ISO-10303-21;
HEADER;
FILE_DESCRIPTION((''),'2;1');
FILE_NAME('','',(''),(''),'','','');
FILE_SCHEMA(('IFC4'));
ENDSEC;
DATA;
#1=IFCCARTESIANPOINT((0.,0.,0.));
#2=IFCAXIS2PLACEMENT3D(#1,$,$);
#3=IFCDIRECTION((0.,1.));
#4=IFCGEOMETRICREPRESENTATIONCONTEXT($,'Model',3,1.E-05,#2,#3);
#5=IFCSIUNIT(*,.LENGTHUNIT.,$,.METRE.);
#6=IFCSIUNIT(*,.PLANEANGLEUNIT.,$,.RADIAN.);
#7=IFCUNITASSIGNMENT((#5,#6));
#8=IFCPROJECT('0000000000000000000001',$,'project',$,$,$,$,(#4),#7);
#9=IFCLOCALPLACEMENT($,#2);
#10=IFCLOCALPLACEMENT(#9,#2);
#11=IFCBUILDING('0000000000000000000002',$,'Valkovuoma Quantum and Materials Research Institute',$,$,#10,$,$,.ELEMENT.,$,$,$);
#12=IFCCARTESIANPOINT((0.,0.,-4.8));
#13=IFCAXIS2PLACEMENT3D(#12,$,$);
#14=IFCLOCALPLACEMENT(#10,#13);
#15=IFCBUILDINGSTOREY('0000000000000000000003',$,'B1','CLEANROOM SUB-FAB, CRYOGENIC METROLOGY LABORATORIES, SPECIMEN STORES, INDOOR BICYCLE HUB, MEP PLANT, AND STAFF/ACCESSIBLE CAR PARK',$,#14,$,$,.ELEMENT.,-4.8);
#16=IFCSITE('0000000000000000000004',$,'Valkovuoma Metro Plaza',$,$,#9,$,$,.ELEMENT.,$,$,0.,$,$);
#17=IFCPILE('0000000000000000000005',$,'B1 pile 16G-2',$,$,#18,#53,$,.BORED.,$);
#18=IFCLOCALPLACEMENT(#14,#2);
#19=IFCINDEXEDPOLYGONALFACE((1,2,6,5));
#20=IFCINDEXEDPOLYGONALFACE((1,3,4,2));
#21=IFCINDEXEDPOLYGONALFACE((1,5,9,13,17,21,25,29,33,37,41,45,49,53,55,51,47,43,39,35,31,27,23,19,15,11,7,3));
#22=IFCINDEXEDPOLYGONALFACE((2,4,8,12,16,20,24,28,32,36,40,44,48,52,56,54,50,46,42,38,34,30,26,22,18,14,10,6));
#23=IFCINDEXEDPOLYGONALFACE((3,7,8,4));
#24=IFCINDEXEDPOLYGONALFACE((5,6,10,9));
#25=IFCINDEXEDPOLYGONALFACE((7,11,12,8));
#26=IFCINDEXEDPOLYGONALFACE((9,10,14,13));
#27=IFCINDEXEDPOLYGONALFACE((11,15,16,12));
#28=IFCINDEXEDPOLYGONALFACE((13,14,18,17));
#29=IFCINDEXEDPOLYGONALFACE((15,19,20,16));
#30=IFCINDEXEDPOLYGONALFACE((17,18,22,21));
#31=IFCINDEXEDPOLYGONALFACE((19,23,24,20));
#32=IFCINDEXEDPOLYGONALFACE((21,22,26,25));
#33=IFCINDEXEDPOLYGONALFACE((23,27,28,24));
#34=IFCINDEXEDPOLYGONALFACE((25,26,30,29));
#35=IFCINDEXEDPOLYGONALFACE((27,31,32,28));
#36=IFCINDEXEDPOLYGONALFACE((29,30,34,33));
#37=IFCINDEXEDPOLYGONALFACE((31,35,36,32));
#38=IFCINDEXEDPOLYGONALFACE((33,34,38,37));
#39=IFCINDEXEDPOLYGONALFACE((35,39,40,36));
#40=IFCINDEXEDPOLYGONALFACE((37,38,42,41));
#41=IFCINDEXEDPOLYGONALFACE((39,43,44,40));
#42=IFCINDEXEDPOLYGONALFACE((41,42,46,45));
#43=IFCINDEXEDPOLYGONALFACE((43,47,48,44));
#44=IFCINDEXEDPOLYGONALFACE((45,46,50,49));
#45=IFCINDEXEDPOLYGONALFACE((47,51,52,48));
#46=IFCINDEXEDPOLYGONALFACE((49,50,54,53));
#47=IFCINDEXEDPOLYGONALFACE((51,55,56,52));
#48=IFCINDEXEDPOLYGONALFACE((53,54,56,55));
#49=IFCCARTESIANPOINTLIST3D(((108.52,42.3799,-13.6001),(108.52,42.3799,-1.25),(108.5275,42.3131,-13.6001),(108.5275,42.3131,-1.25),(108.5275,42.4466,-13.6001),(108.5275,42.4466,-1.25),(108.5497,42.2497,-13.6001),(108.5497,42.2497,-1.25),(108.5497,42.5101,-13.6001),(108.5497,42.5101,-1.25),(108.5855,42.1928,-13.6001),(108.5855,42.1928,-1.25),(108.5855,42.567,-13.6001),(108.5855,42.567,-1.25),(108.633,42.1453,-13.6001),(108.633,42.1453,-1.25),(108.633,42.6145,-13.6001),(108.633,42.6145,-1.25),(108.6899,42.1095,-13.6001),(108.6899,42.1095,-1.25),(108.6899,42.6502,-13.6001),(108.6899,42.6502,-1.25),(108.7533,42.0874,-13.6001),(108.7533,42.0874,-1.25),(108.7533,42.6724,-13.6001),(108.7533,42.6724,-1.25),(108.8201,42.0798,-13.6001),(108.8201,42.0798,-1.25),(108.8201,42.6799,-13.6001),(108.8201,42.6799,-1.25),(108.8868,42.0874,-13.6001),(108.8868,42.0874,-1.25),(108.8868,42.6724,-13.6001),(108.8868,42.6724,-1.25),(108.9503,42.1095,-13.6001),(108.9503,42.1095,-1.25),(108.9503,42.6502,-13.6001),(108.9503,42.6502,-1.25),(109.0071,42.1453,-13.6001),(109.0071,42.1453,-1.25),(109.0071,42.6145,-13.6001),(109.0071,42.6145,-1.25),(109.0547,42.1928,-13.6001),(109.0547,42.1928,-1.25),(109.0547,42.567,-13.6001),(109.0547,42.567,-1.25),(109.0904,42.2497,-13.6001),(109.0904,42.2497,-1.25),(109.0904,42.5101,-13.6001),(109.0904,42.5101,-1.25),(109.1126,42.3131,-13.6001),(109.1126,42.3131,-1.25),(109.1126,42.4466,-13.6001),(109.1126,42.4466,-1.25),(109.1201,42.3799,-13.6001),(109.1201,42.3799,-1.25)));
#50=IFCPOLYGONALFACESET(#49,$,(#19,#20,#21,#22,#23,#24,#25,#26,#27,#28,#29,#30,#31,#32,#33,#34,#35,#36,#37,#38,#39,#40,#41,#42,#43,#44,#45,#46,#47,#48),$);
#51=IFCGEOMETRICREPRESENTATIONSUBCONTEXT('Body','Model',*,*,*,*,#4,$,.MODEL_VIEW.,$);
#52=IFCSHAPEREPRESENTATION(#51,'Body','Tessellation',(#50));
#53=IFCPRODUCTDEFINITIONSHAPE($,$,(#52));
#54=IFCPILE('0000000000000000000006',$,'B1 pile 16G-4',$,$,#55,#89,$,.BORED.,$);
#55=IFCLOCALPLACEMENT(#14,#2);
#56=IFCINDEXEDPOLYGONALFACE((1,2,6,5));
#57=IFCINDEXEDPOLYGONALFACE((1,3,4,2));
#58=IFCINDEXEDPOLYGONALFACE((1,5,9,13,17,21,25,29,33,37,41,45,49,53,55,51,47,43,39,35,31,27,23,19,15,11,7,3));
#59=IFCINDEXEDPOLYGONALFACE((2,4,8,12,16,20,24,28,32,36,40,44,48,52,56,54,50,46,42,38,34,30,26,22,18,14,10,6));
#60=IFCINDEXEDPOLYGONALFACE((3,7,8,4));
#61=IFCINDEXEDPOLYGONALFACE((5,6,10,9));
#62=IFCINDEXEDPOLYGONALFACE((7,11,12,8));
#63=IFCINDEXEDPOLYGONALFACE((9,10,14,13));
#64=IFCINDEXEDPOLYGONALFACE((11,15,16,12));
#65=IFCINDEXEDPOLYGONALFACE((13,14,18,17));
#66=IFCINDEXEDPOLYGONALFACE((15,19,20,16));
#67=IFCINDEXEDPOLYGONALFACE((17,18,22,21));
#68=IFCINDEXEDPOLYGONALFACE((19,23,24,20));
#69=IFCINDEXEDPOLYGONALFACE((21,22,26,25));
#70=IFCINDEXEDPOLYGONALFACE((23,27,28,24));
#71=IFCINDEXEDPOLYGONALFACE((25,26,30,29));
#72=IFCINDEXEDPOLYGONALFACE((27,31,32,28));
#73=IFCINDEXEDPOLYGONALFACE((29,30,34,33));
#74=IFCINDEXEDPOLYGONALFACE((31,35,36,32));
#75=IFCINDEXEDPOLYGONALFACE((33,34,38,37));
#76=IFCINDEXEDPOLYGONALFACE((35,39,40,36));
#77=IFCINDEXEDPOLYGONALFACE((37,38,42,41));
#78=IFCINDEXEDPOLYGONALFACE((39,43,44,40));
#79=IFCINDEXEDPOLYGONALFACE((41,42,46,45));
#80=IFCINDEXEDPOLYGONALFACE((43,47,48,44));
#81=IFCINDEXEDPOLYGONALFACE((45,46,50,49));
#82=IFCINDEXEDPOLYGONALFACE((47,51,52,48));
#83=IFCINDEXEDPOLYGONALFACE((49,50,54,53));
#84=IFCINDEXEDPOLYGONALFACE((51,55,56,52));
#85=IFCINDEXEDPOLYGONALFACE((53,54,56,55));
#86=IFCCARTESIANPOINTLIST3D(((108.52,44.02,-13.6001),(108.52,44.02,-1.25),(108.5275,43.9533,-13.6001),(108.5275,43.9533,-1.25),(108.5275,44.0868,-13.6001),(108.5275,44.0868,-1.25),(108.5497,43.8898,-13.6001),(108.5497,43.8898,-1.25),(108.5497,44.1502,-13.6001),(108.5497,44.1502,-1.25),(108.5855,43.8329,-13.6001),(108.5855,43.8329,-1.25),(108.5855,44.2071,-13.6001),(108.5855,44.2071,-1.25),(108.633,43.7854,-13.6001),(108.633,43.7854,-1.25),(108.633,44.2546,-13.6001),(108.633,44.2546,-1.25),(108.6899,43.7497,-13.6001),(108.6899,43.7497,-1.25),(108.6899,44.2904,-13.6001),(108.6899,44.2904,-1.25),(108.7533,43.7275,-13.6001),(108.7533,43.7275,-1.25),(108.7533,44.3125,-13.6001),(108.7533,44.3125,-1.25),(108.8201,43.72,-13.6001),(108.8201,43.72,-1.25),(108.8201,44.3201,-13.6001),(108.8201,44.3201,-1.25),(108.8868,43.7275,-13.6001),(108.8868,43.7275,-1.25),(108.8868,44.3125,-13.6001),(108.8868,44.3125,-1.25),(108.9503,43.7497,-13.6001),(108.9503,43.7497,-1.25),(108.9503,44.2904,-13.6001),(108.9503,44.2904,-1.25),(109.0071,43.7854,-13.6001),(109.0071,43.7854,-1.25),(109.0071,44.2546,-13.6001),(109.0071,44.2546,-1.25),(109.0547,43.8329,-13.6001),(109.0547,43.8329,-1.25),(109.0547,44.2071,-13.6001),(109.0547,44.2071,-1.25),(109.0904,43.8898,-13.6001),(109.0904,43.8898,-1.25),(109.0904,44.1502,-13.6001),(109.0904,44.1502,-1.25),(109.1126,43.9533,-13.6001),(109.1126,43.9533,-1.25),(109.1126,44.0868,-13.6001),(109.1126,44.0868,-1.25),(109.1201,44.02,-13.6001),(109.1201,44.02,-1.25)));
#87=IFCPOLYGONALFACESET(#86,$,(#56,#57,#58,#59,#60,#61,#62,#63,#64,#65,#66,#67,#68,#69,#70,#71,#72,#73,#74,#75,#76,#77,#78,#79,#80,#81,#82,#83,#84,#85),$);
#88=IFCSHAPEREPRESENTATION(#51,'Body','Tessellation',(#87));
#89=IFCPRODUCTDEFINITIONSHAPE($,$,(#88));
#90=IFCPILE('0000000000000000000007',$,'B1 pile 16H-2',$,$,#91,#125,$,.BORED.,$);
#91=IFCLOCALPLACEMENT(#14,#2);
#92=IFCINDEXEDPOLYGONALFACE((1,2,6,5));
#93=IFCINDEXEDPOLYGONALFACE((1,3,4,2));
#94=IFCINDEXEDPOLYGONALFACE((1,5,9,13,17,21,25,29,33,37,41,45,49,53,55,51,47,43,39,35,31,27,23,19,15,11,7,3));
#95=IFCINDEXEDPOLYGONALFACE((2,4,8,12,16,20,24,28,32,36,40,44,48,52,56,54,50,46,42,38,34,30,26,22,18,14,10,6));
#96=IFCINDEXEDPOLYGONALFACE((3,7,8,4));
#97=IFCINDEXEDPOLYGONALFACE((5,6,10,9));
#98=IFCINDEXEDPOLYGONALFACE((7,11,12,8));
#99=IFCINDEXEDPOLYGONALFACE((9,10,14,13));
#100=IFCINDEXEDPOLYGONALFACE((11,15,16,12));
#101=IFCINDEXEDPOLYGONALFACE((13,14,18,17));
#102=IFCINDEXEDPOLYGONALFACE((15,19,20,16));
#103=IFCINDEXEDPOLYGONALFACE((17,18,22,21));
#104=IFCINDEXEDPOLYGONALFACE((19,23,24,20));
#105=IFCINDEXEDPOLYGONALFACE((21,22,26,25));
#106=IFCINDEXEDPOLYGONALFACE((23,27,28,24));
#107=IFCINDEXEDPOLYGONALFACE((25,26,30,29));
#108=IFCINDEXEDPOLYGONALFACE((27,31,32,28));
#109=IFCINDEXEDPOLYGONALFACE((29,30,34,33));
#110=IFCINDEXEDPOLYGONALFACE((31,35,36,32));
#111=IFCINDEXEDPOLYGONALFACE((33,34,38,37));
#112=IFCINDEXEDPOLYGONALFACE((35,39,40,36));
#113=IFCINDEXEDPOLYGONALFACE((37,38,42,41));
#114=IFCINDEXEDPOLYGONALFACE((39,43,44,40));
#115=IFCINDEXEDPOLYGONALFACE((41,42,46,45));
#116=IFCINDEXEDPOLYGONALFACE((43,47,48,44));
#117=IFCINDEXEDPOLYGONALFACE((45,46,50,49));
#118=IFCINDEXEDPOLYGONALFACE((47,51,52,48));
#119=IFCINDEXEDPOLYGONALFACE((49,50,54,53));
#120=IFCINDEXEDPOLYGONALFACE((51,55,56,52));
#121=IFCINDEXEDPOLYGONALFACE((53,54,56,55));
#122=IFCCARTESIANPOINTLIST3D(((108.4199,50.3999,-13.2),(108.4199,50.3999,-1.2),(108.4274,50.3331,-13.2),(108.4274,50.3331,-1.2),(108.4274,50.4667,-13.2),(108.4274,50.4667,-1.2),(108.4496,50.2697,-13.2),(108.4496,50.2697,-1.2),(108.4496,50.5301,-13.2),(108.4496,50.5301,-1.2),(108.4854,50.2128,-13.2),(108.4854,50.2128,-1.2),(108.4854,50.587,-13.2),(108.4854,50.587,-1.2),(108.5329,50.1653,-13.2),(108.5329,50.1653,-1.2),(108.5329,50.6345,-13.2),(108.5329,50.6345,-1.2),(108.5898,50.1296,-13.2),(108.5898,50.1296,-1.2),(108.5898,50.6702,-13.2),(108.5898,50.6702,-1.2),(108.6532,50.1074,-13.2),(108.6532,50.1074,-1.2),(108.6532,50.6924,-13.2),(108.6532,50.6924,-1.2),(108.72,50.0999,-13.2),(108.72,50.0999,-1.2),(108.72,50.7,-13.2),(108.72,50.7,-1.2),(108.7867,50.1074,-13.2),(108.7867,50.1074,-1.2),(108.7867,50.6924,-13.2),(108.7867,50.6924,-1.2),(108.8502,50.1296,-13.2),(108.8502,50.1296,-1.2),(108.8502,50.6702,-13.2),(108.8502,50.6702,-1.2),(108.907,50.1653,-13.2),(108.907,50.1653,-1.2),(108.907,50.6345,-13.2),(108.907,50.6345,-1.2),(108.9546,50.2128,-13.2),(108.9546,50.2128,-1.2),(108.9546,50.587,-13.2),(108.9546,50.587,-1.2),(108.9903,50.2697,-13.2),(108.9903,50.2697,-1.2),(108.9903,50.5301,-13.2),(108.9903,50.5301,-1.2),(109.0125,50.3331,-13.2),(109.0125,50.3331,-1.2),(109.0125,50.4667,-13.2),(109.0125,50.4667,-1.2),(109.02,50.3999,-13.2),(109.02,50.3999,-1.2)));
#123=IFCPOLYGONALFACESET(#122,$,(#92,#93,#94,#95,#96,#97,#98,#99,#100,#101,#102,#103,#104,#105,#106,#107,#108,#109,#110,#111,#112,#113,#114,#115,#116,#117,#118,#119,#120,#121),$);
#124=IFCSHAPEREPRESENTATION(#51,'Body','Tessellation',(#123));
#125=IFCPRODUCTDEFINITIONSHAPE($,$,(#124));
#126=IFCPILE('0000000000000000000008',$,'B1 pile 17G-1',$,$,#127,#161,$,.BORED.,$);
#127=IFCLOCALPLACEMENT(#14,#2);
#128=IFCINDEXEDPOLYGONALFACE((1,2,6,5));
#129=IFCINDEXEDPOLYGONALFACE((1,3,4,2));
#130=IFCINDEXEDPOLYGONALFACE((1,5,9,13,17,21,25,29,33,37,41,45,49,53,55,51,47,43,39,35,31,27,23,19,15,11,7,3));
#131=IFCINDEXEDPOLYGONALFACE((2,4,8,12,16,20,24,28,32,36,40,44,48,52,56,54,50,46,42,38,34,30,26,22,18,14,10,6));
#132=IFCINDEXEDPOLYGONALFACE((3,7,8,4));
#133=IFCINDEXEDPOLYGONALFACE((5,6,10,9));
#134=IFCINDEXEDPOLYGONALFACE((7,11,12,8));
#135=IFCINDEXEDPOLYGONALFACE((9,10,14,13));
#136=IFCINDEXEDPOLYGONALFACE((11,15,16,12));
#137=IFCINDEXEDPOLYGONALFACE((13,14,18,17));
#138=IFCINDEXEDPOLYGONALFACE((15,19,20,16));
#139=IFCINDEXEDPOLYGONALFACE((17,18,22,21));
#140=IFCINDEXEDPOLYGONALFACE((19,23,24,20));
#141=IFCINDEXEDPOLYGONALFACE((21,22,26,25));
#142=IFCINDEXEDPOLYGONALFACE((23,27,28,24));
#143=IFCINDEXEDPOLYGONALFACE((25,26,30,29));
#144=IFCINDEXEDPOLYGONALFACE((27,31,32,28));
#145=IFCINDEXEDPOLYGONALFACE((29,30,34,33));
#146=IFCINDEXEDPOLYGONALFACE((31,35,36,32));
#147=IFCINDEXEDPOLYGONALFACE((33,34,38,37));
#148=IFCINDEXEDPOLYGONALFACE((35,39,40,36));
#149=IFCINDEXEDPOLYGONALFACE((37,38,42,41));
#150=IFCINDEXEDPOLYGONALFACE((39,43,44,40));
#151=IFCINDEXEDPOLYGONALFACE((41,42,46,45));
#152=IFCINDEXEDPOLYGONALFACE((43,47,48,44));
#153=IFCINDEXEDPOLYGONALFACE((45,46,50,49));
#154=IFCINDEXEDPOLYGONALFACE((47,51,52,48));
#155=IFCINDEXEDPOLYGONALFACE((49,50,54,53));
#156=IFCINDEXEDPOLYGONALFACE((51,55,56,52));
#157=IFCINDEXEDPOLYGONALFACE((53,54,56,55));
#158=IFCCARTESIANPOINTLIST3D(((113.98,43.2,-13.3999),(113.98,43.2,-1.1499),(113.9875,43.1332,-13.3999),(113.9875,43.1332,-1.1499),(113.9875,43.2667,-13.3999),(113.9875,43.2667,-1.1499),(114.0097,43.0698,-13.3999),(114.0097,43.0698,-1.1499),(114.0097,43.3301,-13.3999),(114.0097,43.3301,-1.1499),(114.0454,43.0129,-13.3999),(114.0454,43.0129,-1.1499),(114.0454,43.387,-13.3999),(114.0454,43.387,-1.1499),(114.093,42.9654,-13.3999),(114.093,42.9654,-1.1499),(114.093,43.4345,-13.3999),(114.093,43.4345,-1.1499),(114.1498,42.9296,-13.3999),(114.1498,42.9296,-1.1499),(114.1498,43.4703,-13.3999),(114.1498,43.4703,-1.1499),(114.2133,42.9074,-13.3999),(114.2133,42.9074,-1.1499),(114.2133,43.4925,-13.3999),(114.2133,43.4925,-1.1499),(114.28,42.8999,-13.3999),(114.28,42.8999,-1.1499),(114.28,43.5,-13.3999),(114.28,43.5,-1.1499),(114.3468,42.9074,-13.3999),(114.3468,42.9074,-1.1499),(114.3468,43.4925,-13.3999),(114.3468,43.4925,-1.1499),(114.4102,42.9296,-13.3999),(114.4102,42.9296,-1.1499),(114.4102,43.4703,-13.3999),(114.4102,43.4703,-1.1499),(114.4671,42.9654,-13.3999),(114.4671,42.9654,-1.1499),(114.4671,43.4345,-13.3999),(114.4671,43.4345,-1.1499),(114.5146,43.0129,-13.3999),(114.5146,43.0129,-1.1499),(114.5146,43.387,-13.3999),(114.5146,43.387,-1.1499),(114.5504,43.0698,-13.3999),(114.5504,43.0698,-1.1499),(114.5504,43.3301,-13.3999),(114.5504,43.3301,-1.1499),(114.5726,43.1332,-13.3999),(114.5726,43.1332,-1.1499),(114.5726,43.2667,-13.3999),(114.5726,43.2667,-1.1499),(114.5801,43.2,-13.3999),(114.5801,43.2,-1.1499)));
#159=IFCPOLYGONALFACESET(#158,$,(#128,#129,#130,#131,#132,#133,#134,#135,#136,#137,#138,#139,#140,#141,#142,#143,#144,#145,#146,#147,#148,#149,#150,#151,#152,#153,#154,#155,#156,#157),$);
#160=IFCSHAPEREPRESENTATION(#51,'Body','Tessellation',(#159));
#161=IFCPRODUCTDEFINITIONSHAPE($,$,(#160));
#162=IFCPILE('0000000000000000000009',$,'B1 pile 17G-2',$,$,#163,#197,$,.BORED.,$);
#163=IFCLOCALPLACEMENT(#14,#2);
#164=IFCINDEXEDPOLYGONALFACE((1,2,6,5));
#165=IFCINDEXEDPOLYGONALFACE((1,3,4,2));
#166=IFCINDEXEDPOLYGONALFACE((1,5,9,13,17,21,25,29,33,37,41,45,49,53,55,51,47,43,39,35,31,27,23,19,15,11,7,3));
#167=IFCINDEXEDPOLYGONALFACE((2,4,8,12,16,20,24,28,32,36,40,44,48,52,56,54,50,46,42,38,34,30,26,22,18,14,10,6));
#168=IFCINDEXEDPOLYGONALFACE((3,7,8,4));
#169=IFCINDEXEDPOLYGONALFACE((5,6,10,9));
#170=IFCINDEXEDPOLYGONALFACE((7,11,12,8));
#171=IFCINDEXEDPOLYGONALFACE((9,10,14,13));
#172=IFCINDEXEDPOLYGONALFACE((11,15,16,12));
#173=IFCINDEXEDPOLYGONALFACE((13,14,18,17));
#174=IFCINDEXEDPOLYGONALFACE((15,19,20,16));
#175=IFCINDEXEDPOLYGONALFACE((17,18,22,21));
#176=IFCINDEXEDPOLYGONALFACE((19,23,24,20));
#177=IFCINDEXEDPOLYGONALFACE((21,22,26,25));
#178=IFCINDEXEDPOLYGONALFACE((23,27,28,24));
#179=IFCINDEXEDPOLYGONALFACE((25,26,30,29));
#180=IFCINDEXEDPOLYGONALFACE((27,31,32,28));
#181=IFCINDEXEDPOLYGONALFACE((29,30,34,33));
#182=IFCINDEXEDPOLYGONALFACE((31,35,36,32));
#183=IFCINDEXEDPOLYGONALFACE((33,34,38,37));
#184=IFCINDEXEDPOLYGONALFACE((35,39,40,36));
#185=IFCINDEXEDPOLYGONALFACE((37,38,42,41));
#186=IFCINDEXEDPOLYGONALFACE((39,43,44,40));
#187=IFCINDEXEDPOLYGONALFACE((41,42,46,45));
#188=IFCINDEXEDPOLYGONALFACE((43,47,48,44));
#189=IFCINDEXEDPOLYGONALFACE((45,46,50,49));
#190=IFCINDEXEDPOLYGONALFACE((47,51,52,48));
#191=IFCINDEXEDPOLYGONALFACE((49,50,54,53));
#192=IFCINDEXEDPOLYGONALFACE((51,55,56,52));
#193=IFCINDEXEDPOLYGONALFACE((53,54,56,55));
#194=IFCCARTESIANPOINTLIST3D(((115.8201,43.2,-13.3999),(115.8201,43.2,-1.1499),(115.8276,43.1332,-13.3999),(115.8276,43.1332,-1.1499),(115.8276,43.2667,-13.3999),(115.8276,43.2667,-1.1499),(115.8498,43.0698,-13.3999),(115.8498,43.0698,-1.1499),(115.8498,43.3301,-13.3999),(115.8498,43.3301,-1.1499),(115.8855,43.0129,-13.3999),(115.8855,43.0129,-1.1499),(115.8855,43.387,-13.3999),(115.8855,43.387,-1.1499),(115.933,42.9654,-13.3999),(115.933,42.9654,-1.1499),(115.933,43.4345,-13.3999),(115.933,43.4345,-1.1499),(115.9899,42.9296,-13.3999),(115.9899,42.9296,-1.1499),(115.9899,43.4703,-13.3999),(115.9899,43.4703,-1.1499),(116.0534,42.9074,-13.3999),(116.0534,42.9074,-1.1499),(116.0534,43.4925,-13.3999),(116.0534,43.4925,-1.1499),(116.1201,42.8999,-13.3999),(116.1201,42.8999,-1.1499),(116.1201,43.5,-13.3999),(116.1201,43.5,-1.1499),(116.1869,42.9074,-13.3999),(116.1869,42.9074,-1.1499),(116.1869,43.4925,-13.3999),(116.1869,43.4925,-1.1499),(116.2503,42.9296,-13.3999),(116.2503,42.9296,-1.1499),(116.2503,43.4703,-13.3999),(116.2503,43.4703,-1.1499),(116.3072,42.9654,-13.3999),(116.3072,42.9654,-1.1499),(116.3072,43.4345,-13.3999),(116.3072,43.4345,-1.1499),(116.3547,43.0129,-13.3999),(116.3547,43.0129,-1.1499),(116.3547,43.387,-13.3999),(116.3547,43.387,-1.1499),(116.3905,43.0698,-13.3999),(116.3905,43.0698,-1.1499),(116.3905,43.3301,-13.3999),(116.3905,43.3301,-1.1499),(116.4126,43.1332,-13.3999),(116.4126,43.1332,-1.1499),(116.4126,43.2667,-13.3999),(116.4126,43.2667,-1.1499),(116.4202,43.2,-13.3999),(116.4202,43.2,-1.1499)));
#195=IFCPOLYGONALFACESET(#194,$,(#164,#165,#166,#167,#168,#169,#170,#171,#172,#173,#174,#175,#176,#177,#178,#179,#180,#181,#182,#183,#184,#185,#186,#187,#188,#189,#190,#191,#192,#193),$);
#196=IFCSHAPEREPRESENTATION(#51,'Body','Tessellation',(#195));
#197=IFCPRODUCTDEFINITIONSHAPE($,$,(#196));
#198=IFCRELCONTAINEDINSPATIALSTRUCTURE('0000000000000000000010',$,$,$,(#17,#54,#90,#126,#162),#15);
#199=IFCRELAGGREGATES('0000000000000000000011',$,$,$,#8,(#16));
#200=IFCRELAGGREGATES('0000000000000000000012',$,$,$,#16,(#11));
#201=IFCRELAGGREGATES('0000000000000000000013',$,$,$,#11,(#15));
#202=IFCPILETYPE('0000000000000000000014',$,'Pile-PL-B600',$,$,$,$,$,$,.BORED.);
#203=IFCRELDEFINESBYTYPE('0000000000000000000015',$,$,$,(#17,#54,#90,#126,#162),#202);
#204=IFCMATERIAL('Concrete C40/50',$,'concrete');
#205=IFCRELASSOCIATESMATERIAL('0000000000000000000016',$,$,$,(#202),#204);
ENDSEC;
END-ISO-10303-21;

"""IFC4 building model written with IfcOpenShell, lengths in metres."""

from ifc_helpers import new_model, si_unit, direction, frame, origin, origin_2d, place, context, subcontext, project, spatial, circle, extrude, material, material_profile, profile_set, type_object, element, save


model = new_model("IFC4")

# Units and contexts
model_context = context("Model", 3, precision=1e-05, world=origin(), true_north=direction((0.0, 1.0)))
body_context = subcontext(model_context, "Body", "Model", "MODEL_VIEW")
ifc_project = project(units=[si_unit("LENGTHUNIT", "METRE"), si_unit("PLANEANGLEUNIT", "RADIAN")], contexts=[model_context])

# Site, building, storey
site_placement = place(None, origin())
site = spatial("IfcSite", under=ifc_project, at=site_placement, Name="Valkovuoma Metro Plaza", CompositionType="ELEMENT", RefElevation=0.0)
building_placement = place(site_placement, origin())
building = spatial("IfcBuilding", under=site, at=building_placement, Name="Valkovuoma Quantum and Materials Research Institute", CompositionType="ELEMENT")
storey_placement = place(building_placement, frame((0.0, 0.0, -4.8)))
storey = spatial("IfcBuildingStorey", under=building, at=storey_placement, Name="B1", Description="CLEANROOM SUB-FAB, CRYOGENIC METROLOGY LABORATORIES, SPECIMEN STORES, INDOOR BICYCLE HUB, MEP PLANT, AND STAFF/ACCESSIBLE CAR PARK", CompositionType="ELEMENT", Elevation=-4.8)

# Piles
ifc_material_1 = material(Name="Concrete C40/50", Category="concrete")
ifc_material_profile_1 = material_profile(ifc_material_1, circle(Radius=0.3, at=origin_2d()), Name="Concrete C40/50")
ifc_profile_set_1 = profile_set([ifc_material_profile_1], Name="Concrete C40/50")
pile_type_1 = type_object("IfcPileType", Name="Pile-PL-B600", PredefinedType="BORED", material=ifc_profile_set_1)
for number, where, z_axis, x_axis, name in (
    (1, (108.8201, 42.3799, -1.25), (0.0, 0.0, -1.0), (1.0, 0.0, 0.0), "B1 pile 16G-2"),
    (2, (108.8201, 44.02, -1.25), (0.0, 0.0, -1.0), (1.0, 0.0, 0.0), "B1 pile 16G-4"),
):
    element("IfcPile", number, at=place(storey_placement, frame(where, z_axis=z_axis, x_axis=x_axis)), inside=storey, type_object=pile_type_1, Name=name, PredefinedType="BORED", context=body_context, shape_type="SweptSolid", body=[
        extrude(circle(Radius=0.3, at=origin_2d()), origin(), (0.0, 0.0, 1.0), 12.3501),
    ])
pile_1_placement = place(storey_placement, frame((108.72, 50.3999, -1.2), z_axis=(0.0, 0.0, -1.0), x_axis=(1.0, 0.0, 0.0)))
element("IfcPile", 3, at=pile_1_placement, inside=storey, type_object=pile_type_1, Name="B1 pile 16H-2", PredefinedType="BORED", context=body_context, shape_type="SweptSolid", body=[
    extrude(circle(Radius=0.3, at=origin_2d()), origin(), (0.0, 0.0, 1.0), 12.0),
])
for number, where, z_axis, x_axis, name in (
    (4, (114.28, 43.2, -1.1499), (0.0, 0.0, -1.0), (1.0, 0.0, 0.0), "B1 pile 17G-1"),
    (5, (116.1201, 43.2, -1.1499), (0.0, 0.0, -1.0), (1.0, 0.0, 0.0), "B1 pile 17G-2"),
):
    element("IfcPile", number, at=place(storey_placement, frame(where, z_axis=z_axis, x_axis=x_axis)), inside=storey, type_object=pile_type_1, Name=name, PredefinedType="BORED", context=body_context, shape_type="SweptSolid", body=[
        extrude(circle(Radius=0.3, at=origin_2d()), origin(), (0.0, 0.0, 1.0), 12.25),
    ])

save(model, "model.ifc")
